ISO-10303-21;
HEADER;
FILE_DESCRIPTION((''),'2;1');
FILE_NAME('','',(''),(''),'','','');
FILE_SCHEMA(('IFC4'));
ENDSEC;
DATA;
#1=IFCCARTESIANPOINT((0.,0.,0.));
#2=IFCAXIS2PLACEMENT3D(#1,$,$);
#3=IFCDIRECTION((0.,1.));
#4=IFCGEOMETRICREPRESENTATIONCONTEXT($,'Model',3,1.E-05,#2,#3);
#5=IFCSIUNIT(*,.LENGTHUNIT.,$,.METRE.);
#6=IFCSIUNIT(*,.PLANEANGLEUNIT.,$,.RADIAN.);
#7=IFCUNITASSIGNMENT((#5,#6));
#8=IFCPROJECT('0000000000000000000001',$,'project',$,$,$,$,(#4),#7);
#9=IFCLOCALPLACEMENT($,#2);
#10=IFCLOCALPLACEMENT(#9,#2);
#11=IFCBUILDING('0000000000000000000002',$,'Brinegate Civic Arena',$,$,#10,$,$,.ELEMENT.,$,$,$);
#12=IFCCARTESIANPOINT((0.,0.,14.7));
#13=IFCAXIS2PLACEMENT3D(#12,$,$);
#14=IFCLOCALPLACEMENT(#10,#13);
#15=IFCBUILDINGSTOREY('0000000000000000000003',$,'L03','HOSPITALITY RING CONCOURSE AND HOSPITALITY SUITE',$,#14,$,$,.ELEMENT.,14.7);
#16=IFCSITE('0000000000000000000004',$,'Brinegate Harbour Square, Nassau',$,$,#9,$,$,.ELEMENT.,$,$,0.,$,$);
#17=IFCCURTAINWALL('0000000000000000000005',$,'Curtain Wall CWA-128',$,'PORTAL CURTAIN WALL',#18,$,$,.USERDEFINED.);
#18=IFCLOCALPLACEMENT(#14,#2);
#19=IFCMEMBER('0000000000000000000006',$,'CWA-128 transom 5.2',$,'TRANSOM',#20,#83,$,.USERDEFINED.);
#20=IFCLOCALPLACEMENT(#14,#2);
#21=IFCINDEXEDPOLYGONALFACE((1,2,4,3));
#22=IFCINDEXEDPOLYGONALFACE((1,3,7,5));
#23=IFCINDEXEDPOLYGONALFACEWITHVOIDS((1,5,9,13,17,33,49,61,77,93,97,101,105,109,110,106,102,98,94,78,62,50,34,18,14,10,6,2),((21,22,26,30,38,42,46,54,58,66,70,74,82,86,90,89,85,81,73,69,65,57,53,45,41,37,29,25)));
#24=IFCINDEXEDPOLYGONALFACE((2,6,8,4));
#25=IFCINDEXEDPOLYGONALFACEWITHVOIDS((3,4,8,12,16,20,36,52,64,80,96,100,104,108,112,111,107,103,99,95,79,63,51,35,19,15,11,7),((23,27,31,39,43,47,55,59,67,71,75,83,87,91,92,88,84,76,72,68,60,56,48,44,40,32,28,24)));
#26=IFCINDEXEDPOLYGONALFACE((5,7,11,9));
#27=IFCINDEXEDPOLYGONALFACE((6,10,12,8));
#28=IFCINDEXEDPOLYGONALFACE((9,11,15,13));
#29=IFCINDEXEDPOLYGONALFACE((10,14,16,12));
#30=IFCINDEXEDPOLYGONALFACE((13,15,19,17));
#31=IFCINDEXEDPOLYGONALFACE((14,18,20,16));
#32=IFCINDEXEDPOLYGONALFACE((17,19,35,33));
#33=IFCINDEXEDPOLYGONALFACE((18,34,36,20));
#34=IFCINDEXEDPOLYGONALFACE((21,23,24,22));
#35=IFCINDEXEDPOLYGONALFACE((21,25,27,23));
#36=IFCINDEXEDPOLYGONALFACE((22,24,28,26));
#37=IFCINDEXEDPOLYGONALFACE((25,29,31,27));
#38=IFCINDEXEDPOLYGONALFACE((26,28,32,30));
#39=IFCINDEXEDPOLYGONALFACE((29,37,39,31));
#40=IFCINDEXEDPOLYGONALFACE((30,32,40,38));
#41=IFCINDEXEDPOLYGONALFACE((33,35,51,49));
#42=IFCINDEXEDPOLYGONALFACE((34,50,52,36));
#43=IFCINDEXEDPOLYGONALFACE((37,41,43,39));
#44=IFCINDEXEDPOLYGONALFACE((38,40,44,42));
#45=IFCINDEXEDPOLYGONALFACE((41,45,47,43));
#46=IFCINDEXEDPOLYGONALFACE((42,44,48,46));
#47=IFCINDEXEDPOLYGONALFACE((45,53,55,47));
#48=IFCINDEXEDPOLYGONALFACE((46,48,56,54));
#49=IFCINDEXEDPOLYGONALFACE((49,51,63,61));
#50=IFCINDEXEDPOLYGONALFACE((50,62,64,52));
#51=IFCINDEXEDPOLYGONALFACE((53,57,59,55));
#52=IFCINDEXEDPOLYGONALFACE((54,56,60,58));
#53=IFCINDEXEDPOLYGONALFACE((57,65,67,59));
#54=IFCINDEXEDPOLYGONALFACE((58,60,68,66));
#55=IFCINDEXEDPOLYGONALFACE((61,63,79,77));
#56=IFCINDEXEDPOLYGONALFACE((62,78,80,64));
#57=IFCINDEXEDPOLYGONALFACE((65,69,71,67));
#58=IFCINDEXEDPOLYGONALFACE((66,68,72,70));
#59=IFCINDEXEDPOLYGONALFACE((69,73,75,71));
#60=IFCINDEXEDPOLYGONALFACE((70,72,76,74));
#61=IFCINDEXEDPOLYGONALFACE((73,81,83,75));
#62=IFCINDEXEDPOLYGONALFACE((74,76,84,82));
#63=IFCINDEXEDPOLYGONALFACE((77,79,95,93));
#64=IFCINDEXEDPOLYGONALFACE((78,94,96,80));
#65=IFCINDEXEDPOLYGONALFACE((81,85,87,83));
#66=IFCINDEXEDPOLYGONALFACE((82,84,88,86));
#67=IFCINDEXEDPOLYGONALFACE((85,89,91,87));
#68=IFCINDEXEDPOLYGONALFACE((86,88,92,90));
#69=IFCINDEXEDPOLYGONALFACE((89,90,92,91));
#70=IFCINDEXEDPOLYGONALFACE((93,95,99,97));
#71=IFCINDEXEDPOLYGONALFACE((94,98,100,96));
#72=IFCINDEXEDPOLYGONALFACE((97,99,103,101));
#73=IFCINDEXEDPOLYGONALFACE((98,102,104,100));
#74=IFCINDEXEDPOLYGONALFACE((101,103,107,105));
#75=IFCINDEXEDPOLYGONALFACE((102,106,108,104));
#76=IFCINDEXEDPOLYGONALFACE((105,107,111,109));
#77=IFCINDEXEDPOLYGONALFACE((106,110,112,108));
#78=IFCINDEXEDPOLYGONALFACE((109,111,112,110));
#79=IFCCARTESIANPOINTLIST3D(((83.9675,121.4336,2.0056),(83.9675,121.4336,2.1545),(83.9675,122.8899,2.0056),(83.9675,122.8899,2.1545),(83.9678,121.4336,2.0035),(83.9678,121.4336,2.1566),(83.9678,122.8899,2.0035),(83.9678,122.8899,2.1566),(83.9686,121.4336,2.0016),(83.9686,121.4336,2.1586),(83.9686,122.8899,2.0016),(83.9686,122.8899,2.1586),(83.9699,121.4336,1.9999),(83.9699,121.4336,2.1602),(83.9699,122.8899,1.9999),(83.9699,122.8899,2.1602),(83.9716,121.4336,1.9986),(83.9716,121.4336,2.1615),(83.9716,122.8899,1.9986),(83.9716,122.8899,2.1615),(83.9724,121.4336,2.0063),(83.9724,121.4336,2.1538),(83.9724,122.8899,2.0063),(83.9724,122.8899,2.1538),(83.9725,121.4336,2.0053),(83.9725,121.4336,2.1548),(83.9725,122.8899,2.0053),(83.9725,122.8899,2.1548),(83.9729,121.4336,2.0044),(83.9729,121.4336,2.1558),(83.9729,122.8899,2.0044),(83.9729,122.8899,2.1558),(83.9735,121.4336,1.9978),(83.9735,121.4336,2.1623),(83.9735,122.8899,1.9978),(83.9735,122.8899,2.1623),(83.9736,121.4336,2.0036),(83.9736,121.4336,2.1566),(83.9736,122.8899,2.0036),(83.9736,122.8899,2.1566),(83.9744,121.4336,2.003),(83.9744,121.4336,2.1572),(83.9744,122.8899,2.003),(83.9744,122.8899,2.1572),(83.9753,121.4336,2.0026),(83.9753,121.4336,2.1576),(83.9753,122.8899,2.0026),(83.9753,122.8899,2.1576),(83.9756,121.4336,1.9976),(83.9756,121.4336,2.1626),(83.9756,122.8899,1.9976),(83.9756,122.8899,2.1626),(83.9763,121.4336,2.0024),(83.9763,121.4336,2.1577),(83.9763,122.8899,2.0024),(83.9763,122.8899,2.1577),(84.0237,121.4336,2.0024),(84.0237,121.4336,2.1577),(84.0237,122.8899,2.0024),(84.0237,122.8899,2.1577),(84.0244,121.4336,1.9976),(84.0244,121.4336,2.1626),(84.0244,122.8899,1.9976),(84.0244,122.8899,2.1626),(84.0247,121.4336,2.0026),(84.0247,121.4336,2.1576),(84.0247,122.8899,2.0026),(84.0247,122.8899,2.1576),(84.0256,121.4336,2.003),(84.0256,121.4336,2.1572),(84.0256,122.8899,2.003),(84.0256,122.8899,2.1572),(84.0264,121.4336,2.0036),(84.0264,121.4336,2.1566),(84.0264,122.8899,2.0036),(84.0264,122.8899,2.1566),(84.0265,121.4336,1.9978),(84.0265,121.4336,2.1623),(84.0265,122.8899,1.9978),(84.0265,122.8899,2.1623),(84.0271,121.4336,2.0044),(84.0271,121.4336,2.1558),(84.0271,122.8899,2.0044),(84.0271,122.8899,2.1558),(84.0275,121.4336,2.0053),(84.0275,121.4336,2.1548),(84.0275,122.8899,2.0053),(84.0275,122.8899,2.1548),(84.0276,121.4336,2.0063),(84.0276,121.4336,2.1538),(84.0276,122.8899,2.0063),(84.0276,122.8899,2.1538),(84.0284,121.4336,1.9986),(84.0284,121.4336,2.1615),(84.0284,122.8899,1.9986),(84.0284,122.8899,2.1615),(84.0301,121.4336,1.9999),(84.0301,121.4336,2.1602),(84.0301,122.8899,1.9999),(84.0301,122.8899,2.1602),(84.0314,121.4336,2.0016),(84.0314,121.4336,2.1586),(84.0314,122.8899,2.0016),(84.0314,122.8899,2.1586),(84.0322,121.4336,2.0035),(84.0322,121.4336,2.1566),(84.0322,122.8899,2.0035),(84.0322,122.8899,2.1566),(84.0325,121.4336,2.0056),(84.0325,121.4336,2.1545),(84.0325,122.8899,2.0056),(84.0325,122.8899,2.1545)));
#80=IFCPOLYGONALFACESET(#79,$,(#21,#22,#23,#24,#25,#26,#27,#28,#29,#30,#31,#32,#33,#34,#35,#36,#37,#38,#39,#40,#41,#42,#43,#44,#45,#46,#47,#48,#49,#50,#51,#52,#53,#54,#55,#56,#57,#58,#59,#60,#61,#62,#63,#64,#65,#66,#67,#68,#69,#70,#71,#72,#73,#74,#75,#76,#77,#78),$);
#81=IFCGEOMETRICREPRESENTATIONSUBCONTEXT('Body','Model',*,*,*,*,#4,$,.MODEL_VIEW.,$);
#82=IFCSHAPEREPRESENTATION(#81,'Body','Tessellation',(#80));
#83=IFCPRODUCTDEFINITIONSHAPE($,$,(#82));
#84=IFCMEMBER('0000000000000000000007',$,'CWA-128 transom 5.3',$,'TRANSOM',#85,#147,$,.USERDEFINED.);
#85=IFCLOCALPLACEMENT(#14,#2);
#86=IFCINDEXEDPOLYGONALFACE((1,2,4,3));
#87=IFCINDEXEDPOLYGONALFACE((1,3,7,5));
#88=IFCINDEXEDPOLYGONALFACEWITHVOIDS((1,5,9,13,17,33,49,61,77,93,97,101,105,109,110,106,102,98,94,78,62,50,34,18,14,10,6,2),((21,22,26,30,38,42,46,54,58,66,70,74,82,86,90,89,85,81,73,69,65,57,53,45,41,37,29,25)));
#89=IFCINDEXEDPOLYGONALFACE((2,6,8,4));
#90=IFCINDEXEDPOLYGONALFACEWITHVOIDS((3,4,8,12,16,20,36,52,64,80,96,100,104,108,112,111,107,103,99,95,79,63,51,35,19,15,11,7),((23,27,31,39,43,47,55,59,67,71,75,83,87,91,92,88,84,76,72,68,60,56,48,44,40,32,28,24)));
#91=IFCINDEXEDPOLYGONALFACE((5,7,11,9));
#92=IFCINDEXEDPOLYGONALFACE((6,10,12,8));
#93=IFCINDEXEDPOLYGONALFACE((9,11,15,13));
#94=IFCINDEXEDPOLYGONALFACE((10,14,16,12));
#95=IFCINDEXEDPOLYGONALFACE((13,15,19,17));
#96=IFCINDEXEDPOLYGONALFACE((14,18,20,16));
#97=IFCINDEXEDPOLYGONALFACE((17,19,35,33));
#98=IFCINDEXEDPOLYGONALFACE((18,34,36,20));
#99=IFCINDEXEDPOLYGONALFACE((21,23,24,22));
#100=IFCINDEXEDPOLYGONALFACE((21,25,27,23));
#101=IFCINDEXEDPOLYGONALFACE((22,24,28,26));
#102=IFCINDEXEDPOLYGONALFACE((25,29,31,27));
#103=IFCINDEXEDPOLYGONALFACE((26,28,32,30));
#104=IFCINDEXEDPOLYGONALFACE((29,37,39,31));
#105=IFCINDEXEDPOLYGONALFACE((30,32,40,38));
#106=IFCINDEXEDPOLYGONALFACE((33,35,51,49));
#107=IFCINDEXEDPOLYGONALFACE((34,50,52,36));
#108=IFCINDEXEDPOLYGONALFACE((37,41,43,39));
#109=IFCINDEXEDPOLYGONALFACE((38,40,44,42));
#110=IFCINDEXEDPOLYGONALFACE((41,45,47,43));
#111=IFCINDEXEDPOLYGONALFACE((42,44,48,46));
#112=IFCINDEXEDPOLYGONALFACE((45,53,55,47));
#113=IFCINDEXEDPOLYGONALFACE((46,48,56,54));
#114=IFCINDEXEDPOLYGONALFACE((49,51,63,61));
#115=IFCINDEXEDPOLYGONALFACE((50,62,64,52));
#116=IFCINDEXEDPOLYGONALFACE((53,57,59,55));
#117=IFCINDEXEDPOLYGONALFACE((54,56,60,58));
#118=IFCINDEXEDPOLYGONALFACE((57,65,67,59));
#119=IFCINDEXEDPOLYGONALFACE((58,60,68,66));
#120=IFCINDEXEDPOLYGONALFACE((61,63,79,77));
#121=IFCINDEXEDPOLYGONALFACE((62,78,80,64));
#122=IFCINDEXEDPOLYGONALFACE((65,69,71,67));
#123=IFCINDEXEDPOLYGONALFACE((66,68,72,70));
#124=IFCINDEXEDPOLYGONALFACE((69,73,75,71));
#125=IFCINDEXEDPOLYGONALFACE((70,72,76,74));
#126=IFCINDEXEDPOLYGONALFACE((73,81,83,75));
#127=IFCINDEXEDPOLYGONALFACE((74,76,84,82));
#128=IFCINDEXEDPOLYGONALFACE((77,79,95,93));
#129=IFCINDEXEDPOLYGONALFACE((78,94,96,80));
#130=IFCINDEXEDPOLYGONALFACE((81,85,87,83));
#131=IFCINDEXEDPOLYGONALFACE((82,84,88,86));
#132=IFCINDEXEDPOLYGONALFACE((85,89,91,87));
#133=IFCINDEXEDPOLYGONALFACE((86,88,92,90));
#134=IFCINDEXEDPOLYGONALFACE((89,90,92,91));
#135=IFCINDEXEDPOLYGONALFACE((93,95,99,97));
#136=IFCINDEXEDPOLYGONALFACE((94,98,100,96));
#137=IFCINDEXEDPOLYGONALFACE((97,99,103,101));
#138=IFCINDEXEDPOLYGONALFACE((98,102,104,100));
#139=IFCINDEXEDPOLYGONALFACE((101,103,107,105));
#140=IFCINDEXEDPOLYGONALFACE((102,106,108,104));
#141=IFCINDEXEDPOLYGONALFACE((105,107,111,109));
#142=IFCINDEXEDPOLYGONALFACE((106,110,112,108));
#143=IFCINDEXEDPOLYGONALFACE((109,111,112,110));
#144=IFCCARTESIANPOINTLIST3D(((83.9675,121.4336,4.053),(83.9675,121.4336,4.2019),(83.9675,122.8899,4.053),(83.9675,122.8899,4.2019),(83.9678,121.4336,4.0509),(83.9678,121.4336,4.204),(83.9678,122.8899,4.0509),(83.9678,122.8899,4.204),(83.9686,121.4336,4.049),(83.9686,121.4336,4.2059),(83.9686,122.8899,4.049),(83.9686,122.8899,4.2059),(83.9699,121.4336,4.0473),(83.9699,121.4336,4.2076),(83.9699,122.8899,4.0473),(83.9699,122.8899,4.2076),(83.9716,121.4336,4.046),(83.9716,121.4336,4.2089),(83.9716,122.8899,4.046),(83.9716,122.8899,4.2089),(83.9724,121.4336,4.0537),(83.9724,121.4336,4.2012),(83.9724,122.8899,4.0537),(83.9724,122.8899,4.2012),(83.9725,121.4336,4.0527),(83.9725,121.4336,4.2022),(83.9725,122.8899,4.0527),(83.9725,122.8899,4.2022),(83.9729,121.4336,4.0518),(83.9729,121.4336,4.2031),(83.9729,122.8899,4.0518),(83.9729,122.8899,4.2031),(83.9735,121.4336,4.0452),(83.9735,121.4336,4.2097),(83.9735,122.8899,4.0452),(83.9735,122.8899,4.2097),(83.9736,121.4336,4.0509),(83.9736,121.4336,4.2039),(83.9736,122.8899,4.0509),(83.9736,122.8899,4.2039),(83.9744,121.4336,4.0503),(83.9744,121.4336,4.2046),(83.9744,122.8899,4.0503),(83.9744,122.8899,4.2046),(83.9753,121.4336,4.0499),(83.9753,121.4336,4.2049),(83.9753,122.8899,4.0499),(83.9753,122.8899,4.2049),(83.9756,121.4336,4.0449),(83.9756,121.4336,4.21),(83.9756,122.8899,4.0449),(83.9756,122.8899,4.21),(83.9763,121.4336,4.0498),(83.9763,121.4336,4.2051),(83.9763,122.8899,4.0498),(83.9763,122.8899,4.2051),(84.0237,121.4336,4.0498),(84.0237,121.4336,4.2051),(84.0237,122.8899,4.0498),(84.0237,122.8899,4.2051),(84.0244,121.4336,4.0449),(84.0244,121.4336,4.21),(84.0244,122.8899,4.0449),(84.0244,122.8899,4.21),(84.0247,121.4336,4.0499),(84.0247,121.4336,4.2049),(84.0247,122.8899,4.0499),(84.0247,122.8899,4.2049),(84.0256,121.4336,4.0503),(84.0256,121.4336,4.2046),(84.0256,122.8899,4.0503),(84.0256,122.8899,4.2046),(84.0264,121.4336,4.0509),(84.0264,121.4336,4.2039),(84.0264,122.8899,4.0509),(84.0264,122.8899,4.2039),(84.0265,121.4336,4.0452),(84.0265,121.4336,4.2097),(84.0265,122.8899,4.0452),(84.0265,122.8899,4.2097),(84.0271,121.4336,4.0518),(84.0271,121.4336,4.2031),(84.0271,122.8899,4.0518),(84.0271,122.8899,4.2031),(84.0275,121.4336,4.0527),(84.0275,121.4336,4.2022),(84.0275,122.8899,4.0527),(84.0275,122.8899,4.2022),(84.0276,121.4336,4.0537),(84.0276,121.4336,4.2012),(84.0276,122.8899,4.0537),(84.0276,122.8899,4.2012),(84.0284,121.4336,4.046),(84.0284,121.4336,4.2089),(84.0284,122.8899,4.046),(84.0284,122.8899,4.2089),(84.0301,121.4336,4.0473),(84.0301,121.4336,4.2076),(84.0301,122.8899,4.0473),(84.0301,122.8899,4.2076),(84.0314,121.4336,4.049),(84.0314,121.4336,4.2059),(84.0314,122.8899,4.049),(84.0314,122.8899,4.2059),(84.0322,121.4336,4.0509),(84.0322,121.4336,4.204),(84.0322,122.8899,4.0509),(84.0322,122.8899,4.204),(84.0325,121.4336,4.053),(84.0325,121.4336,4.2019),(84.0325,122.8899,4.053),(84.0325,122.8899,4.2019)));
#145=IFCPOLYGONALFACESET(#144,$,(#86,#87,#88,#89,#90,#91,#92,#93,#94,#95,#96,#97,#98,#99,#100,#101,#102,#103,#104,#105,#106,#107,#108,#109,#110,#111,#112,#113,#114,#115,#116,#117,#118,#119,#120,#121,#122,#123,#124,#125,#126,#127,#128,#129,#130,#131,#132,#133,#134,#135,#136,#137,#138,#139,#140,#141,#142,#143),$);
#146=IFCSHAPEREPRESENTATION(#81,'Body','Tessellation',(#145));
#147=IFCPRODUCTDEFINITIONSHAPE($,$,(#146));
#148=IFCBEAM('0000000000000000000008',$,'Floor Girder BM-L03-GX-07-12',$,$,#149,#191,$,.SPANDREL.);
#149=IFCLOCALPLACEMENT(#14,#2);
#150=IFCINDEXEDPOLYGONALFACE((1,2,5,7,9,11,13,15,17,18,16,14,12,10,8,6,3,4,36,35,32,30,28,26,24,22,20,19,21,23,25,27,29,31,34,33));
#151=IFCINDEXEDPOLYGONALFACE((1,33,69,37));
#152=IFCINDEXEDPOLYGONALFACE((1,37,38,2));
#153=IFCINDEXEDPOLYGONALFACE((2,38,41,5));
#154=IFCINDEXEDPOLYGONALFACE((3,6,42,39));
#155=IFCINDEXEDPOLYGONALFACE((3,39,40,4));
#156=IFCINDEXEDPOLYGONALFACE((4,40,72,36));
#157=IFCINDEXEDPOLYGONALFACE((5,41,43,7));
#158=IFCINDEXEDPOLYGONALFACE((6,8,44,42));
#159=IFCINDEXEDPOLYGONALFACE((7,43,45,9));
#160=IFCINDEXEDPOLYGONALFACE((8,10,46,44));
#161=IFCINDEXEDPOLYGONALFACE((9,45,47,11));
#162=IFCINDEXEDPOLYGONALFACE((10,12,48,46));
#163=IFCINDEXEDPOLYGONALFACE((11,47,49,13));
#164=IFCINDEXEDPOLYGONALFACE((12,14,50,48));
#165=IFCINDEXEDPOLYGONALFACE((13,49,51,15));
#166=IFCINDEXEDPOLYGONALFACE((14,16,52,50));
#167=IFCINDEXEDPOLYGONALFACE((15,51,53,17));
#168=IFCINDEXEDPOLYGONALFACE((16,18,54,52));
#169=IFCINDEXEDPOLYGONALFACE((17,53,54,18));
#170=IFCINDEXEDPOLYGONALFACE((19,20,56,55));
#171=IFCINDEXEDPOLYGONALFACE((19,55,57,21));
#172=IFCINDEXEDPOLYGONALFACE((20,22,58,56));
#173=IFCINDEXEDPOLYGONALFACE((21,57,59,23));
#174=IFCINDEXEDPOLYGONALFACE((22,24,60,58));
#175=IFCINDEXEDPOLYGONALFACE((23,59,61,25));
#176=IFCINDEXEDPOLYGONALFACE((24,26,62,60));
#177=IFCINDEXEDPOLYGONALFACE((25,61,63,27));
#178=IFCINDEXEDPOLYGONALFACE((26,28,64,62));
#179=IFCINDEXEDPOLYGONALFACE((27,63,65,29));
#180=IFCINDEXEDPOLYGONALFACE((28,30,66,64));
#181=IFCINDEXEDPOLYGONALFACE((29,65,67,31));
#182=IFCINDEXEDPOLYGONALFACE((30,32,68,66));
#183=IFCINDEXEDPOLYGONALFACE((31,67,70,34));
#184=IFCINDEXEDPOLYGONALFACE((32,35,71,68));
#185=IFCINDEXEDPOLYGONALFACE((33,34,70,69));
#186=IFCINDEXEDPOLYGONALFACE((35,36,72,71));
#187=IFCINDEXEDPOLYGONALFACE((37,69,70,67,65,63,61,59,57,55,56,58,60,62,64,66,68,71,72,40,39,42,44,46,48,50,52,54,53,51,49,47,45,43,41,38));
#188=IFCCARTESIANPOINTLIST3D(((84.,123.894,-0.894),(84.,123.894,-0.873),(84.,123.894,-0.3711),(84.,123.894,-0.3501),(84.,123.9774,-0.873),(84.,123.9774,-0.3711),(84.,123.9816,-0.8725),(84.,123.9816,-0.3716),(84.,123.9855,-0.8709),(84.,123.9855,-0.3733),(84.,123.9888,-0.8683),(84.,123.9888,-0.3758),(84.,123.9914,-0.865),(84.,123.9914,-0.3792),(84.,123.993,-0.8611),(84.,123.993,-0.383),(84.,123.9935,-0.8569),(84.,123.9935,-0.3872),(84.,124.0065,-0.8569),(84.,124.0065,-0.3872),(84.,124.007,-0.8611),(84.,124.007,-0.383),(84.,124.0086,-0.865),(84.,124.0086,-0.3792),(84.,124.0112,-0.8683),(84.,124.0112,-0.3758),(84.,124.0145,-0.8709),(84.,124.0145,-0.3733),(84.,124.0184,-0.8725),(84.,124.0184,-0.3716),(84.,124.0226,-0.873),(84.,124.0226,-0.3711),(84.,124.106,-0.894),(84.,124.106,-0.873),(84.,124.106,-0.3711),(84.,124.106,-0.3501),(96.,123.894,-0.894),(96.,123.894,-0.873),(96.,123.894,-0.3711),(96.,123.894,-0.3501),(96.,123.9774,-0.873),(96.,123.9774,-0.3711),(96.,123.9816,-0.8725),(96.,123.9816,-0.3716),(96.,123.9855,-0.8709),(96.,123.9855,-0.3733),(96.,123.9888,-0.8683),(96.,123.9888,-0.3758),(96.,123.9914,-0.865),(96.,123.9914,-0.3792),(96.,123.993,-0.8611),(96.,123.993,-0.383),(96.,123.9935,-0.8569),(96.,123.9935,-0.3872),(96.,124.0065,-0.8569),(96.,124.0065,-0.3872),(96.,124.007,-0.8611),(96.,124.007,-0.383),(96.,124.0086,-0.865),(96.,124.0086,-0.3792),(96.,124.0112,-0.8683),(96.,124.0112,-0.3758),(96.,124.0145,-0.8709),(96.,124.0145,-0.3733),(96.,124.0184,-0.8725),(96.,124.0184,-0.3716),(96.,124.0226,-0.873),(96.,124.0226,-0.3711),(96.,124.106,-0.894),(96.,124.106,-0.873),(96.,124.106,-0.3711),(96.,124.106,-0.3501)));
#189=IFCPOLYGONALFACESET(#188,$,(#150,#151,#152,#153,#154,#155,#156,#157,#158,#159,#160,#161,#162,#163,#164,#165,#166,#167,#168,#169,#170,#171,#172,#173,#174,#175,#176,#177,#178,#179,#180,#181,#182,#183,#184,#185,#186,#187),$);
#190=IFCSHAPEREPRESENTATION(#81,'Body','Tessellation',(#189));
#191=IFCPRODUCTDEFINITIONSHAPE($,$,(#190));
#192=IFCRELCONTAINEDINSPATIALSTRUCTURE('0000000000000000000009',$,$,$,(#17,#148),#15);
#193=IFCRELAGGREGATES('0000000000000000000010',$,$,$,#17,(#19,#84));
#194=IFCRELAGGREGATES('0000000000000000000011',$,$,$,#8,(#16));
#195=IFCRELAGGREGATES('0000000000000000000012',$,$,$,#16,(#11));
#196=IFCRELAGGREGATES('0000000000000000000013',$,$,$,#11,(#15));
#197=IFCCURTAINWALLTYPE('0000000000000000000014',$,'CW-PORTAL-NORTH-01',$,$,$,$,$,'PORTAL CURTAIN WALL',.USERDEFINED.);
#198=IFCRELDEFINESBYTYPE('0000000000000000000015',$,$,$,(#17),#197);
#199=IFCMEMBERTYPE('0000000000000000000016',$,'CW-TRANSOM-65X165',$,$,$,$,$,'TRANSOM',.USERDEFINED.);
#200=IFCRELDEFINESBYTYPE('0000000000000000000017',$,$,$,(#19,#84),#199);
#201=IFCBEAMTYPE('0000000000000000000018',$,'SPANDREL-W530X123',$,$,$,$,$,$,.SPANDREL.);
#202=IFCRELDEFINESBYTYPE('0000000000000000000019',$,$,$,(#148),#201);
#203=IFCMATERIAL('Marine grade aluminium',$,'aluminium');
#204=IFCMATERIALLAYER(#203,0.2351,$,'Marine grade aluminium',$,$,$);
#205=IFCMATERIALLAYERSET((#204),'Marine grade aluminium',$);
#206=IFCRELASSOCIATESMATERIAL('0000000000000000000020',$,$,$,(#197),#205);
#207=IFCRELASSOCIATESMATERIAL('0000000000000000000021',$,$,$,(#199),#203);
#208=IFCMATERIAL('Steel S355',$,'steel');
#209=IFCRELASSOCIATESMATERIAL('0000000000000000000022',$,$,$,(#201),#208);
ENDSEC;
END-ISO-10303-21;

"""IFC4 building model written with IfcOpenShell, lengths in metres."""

from ifc_helpers import new_model, si_unit, direction, frame, origin, origin_2d, place, context, subcontext, project, spatial, hollow_rectangle, i_section, extrude, material, layer, layer_set, material_profile, profile_set, type_object, element, aggregate, save


model = new_model("IFC4")

# Units and contexts
model_context = context("Model", 3, precision=1e-05, world=origin(), true_north=direction((0.0, 1.0)))
body_context = subcontext(model_context, "Body", "Model", "MODEL_VIEW")
ifc_project = project(units=[si_unit("LENGTHUNIT", "METRE"), si_unit("PLANEANGLEUNIT", "RADIAN")], contexts=[model_context])

# Site, building, storey
site_placement = place(None, origin())
site = spatial("IfcSite", under=ifc_project, at=site_placement, Name="Brinegate Harbour Square, Nassau", CompositionType="ELEMENT", RefElevation=0.0)
building_placement = place(site_placement, origin())
building = spatial("IfcBuilding", under=site, at=building_placement, Name="Brinegate Civic Arena", CompositionType="ELEMENT")
storey_placement = place(building_placement, frame((0.0, 0.0, 14.7)))
storey = spatial("IfcBuildingStorey", under=building, at=storey_placement, Name="L03", Description="HOSPITALITY RING CONCOURSE AND HOSPITALITY SUITE", CompositionType="ELEMENT", Elevation=14.7)

# Curtain wall, members
ifc_material_1 = material(Name="Marine grade aluminium", Category="aluminium")
ifc_layer_1 = layer(ifc_material_1, 0.2351, Name="Marine grade aluminium")
ifc_layer_set_1 = layer_set([ifc_layer_1], Name="Marine grade aluminium")
curtain_wall_type = type_object("IfcCurtainWallType", Name="CW-PORTAL-NORTH-01", ElementType="PORTAL CURTAIN WALL", PredefinedType="USERDEFINED", material=ifc_layer_set_1)
curtain_wall_placement = place(storey_placement, origin())
curtain_wall = element("IfcCurtainWall", 1, at=curtain_wall_placement, inside=storey, type_object=curtain_wall_type, Name="Curtain Wall CWA-128", ObjectType="PORTAL CURTAIN WALL", PredefinedType="USERDEFINED")
ifc_material_profile_1 = material_profile(ifc_material_1, hollow_rectangle(XDim=0.0649, YDim=0.165, WallThickness=0.0049, InnerFilletRadius=0.0039, OuterFilletRadius=0.0081, at=origin_2d()), Name="TRN65X165")
ifc_profile_set_1 = profile_set([ifc_material_profile_1], Name="Marine grade aluminium")
member_type_1 = type_object("IfcMemberType", Name="CW-TRANSOM-65X165", ElementType="TRANSOM", PredefinedType="USERDEFINED", material=ifc_profile_set_1)
member_1_placement = place(storey_placement, frame((84.0, 121.4336, 2.0801), z_axis=(0.0, 1.0, 0.0), x_axis=(-1.0, 0.0, 0.0)))
member_1 = element("IfcMember", 2, at=member_1_placement, type_object=member_type_1, Name="CWA-128 transom 5.2", ObjectType="TRANSOM", PredefinedType="USERDEFINED", context=body_context, shape_type="SweptSolid", body=[
    extrude(hollow_rectangle(XDim=0.0649, YDim=0.165, WallThickness=0.0049, InnerFilletRadius=0.0039, OuterFilletRadius=0.0081, at=origin_2d()), origin(), (0.0, 0.0, 1.0), 1.4563),
])
member_2_placement = place(storey_placement, frame((84.0, 121.4336, 4.1274), z_axis=(0.0, 1.0, 0.0), x_axis=(-1.0, 0.0, 0.0)))
member_2 = element("IfcMember", 3, at=member_2_placement, type_object=member_type_1, Name="CWA-128 transom 5.3", ObjectType="TRANSOM", PredefinedType="USERDEFINED", context=body_context, shape_type="SweptSolid", body=[
    extrude(hollow_rectangle(XDim=0.0649, YDim=0.165, WallThickness=0.0049, InnerFilletRadius=0.0039, OuterFilletRadius=0.0081, at=origin_2d()), origin(), (0.0, 0.0, 1.0), 1.4563),
])

# Beam
ifc_material_2 = material(Name="Steel S355", Category="steel")
ifc_material_profile_2 = material_profile(ifc_material_2, i_section(OverallWidth=0.2119, OverallDepth=0.5439, WebThickness=0.0129, FlangeThickness=0.021, FilletRadius=0.0161, at=origin_2d()), Name="W530X123")
ifc_profile_set_2 = profile_set([ifc_material_profile_2], Name="Steel S355")
beam_type = type_object("IfcBeamType", Name="SPANDREL-W530X123", PredefinedType="SPANDREL", material=ifc_profile_set_2)
beam_placement = place(storey_placement, frame((84.0, 124.0, -0.6221), z_axis=(1.0, 0.0, 0.0), x_axis=(0.0, 1.0, 0.0)))
element("IfcBeam", 4, at=beam_placement, inside=storey, type_object=beam_type, Name="Floor Girder BM-L03-GX-07-12", PredefinedType="SPANDREL", context=body_context, shape_type="SweptSolid", body=[
    extrude(i_section(OverallWidth=0.2119, OverallDepth=0.5439, WebThickness=0.0129, FlangeThickness=0.021, FilletRadius=0.0161, at=origin_2d()), origin(), (0.0, 0.0, 1.0), 12.0),
])

aggregate(curtain_wall, [member_1, member_2])

save(model, "model.ifc")
